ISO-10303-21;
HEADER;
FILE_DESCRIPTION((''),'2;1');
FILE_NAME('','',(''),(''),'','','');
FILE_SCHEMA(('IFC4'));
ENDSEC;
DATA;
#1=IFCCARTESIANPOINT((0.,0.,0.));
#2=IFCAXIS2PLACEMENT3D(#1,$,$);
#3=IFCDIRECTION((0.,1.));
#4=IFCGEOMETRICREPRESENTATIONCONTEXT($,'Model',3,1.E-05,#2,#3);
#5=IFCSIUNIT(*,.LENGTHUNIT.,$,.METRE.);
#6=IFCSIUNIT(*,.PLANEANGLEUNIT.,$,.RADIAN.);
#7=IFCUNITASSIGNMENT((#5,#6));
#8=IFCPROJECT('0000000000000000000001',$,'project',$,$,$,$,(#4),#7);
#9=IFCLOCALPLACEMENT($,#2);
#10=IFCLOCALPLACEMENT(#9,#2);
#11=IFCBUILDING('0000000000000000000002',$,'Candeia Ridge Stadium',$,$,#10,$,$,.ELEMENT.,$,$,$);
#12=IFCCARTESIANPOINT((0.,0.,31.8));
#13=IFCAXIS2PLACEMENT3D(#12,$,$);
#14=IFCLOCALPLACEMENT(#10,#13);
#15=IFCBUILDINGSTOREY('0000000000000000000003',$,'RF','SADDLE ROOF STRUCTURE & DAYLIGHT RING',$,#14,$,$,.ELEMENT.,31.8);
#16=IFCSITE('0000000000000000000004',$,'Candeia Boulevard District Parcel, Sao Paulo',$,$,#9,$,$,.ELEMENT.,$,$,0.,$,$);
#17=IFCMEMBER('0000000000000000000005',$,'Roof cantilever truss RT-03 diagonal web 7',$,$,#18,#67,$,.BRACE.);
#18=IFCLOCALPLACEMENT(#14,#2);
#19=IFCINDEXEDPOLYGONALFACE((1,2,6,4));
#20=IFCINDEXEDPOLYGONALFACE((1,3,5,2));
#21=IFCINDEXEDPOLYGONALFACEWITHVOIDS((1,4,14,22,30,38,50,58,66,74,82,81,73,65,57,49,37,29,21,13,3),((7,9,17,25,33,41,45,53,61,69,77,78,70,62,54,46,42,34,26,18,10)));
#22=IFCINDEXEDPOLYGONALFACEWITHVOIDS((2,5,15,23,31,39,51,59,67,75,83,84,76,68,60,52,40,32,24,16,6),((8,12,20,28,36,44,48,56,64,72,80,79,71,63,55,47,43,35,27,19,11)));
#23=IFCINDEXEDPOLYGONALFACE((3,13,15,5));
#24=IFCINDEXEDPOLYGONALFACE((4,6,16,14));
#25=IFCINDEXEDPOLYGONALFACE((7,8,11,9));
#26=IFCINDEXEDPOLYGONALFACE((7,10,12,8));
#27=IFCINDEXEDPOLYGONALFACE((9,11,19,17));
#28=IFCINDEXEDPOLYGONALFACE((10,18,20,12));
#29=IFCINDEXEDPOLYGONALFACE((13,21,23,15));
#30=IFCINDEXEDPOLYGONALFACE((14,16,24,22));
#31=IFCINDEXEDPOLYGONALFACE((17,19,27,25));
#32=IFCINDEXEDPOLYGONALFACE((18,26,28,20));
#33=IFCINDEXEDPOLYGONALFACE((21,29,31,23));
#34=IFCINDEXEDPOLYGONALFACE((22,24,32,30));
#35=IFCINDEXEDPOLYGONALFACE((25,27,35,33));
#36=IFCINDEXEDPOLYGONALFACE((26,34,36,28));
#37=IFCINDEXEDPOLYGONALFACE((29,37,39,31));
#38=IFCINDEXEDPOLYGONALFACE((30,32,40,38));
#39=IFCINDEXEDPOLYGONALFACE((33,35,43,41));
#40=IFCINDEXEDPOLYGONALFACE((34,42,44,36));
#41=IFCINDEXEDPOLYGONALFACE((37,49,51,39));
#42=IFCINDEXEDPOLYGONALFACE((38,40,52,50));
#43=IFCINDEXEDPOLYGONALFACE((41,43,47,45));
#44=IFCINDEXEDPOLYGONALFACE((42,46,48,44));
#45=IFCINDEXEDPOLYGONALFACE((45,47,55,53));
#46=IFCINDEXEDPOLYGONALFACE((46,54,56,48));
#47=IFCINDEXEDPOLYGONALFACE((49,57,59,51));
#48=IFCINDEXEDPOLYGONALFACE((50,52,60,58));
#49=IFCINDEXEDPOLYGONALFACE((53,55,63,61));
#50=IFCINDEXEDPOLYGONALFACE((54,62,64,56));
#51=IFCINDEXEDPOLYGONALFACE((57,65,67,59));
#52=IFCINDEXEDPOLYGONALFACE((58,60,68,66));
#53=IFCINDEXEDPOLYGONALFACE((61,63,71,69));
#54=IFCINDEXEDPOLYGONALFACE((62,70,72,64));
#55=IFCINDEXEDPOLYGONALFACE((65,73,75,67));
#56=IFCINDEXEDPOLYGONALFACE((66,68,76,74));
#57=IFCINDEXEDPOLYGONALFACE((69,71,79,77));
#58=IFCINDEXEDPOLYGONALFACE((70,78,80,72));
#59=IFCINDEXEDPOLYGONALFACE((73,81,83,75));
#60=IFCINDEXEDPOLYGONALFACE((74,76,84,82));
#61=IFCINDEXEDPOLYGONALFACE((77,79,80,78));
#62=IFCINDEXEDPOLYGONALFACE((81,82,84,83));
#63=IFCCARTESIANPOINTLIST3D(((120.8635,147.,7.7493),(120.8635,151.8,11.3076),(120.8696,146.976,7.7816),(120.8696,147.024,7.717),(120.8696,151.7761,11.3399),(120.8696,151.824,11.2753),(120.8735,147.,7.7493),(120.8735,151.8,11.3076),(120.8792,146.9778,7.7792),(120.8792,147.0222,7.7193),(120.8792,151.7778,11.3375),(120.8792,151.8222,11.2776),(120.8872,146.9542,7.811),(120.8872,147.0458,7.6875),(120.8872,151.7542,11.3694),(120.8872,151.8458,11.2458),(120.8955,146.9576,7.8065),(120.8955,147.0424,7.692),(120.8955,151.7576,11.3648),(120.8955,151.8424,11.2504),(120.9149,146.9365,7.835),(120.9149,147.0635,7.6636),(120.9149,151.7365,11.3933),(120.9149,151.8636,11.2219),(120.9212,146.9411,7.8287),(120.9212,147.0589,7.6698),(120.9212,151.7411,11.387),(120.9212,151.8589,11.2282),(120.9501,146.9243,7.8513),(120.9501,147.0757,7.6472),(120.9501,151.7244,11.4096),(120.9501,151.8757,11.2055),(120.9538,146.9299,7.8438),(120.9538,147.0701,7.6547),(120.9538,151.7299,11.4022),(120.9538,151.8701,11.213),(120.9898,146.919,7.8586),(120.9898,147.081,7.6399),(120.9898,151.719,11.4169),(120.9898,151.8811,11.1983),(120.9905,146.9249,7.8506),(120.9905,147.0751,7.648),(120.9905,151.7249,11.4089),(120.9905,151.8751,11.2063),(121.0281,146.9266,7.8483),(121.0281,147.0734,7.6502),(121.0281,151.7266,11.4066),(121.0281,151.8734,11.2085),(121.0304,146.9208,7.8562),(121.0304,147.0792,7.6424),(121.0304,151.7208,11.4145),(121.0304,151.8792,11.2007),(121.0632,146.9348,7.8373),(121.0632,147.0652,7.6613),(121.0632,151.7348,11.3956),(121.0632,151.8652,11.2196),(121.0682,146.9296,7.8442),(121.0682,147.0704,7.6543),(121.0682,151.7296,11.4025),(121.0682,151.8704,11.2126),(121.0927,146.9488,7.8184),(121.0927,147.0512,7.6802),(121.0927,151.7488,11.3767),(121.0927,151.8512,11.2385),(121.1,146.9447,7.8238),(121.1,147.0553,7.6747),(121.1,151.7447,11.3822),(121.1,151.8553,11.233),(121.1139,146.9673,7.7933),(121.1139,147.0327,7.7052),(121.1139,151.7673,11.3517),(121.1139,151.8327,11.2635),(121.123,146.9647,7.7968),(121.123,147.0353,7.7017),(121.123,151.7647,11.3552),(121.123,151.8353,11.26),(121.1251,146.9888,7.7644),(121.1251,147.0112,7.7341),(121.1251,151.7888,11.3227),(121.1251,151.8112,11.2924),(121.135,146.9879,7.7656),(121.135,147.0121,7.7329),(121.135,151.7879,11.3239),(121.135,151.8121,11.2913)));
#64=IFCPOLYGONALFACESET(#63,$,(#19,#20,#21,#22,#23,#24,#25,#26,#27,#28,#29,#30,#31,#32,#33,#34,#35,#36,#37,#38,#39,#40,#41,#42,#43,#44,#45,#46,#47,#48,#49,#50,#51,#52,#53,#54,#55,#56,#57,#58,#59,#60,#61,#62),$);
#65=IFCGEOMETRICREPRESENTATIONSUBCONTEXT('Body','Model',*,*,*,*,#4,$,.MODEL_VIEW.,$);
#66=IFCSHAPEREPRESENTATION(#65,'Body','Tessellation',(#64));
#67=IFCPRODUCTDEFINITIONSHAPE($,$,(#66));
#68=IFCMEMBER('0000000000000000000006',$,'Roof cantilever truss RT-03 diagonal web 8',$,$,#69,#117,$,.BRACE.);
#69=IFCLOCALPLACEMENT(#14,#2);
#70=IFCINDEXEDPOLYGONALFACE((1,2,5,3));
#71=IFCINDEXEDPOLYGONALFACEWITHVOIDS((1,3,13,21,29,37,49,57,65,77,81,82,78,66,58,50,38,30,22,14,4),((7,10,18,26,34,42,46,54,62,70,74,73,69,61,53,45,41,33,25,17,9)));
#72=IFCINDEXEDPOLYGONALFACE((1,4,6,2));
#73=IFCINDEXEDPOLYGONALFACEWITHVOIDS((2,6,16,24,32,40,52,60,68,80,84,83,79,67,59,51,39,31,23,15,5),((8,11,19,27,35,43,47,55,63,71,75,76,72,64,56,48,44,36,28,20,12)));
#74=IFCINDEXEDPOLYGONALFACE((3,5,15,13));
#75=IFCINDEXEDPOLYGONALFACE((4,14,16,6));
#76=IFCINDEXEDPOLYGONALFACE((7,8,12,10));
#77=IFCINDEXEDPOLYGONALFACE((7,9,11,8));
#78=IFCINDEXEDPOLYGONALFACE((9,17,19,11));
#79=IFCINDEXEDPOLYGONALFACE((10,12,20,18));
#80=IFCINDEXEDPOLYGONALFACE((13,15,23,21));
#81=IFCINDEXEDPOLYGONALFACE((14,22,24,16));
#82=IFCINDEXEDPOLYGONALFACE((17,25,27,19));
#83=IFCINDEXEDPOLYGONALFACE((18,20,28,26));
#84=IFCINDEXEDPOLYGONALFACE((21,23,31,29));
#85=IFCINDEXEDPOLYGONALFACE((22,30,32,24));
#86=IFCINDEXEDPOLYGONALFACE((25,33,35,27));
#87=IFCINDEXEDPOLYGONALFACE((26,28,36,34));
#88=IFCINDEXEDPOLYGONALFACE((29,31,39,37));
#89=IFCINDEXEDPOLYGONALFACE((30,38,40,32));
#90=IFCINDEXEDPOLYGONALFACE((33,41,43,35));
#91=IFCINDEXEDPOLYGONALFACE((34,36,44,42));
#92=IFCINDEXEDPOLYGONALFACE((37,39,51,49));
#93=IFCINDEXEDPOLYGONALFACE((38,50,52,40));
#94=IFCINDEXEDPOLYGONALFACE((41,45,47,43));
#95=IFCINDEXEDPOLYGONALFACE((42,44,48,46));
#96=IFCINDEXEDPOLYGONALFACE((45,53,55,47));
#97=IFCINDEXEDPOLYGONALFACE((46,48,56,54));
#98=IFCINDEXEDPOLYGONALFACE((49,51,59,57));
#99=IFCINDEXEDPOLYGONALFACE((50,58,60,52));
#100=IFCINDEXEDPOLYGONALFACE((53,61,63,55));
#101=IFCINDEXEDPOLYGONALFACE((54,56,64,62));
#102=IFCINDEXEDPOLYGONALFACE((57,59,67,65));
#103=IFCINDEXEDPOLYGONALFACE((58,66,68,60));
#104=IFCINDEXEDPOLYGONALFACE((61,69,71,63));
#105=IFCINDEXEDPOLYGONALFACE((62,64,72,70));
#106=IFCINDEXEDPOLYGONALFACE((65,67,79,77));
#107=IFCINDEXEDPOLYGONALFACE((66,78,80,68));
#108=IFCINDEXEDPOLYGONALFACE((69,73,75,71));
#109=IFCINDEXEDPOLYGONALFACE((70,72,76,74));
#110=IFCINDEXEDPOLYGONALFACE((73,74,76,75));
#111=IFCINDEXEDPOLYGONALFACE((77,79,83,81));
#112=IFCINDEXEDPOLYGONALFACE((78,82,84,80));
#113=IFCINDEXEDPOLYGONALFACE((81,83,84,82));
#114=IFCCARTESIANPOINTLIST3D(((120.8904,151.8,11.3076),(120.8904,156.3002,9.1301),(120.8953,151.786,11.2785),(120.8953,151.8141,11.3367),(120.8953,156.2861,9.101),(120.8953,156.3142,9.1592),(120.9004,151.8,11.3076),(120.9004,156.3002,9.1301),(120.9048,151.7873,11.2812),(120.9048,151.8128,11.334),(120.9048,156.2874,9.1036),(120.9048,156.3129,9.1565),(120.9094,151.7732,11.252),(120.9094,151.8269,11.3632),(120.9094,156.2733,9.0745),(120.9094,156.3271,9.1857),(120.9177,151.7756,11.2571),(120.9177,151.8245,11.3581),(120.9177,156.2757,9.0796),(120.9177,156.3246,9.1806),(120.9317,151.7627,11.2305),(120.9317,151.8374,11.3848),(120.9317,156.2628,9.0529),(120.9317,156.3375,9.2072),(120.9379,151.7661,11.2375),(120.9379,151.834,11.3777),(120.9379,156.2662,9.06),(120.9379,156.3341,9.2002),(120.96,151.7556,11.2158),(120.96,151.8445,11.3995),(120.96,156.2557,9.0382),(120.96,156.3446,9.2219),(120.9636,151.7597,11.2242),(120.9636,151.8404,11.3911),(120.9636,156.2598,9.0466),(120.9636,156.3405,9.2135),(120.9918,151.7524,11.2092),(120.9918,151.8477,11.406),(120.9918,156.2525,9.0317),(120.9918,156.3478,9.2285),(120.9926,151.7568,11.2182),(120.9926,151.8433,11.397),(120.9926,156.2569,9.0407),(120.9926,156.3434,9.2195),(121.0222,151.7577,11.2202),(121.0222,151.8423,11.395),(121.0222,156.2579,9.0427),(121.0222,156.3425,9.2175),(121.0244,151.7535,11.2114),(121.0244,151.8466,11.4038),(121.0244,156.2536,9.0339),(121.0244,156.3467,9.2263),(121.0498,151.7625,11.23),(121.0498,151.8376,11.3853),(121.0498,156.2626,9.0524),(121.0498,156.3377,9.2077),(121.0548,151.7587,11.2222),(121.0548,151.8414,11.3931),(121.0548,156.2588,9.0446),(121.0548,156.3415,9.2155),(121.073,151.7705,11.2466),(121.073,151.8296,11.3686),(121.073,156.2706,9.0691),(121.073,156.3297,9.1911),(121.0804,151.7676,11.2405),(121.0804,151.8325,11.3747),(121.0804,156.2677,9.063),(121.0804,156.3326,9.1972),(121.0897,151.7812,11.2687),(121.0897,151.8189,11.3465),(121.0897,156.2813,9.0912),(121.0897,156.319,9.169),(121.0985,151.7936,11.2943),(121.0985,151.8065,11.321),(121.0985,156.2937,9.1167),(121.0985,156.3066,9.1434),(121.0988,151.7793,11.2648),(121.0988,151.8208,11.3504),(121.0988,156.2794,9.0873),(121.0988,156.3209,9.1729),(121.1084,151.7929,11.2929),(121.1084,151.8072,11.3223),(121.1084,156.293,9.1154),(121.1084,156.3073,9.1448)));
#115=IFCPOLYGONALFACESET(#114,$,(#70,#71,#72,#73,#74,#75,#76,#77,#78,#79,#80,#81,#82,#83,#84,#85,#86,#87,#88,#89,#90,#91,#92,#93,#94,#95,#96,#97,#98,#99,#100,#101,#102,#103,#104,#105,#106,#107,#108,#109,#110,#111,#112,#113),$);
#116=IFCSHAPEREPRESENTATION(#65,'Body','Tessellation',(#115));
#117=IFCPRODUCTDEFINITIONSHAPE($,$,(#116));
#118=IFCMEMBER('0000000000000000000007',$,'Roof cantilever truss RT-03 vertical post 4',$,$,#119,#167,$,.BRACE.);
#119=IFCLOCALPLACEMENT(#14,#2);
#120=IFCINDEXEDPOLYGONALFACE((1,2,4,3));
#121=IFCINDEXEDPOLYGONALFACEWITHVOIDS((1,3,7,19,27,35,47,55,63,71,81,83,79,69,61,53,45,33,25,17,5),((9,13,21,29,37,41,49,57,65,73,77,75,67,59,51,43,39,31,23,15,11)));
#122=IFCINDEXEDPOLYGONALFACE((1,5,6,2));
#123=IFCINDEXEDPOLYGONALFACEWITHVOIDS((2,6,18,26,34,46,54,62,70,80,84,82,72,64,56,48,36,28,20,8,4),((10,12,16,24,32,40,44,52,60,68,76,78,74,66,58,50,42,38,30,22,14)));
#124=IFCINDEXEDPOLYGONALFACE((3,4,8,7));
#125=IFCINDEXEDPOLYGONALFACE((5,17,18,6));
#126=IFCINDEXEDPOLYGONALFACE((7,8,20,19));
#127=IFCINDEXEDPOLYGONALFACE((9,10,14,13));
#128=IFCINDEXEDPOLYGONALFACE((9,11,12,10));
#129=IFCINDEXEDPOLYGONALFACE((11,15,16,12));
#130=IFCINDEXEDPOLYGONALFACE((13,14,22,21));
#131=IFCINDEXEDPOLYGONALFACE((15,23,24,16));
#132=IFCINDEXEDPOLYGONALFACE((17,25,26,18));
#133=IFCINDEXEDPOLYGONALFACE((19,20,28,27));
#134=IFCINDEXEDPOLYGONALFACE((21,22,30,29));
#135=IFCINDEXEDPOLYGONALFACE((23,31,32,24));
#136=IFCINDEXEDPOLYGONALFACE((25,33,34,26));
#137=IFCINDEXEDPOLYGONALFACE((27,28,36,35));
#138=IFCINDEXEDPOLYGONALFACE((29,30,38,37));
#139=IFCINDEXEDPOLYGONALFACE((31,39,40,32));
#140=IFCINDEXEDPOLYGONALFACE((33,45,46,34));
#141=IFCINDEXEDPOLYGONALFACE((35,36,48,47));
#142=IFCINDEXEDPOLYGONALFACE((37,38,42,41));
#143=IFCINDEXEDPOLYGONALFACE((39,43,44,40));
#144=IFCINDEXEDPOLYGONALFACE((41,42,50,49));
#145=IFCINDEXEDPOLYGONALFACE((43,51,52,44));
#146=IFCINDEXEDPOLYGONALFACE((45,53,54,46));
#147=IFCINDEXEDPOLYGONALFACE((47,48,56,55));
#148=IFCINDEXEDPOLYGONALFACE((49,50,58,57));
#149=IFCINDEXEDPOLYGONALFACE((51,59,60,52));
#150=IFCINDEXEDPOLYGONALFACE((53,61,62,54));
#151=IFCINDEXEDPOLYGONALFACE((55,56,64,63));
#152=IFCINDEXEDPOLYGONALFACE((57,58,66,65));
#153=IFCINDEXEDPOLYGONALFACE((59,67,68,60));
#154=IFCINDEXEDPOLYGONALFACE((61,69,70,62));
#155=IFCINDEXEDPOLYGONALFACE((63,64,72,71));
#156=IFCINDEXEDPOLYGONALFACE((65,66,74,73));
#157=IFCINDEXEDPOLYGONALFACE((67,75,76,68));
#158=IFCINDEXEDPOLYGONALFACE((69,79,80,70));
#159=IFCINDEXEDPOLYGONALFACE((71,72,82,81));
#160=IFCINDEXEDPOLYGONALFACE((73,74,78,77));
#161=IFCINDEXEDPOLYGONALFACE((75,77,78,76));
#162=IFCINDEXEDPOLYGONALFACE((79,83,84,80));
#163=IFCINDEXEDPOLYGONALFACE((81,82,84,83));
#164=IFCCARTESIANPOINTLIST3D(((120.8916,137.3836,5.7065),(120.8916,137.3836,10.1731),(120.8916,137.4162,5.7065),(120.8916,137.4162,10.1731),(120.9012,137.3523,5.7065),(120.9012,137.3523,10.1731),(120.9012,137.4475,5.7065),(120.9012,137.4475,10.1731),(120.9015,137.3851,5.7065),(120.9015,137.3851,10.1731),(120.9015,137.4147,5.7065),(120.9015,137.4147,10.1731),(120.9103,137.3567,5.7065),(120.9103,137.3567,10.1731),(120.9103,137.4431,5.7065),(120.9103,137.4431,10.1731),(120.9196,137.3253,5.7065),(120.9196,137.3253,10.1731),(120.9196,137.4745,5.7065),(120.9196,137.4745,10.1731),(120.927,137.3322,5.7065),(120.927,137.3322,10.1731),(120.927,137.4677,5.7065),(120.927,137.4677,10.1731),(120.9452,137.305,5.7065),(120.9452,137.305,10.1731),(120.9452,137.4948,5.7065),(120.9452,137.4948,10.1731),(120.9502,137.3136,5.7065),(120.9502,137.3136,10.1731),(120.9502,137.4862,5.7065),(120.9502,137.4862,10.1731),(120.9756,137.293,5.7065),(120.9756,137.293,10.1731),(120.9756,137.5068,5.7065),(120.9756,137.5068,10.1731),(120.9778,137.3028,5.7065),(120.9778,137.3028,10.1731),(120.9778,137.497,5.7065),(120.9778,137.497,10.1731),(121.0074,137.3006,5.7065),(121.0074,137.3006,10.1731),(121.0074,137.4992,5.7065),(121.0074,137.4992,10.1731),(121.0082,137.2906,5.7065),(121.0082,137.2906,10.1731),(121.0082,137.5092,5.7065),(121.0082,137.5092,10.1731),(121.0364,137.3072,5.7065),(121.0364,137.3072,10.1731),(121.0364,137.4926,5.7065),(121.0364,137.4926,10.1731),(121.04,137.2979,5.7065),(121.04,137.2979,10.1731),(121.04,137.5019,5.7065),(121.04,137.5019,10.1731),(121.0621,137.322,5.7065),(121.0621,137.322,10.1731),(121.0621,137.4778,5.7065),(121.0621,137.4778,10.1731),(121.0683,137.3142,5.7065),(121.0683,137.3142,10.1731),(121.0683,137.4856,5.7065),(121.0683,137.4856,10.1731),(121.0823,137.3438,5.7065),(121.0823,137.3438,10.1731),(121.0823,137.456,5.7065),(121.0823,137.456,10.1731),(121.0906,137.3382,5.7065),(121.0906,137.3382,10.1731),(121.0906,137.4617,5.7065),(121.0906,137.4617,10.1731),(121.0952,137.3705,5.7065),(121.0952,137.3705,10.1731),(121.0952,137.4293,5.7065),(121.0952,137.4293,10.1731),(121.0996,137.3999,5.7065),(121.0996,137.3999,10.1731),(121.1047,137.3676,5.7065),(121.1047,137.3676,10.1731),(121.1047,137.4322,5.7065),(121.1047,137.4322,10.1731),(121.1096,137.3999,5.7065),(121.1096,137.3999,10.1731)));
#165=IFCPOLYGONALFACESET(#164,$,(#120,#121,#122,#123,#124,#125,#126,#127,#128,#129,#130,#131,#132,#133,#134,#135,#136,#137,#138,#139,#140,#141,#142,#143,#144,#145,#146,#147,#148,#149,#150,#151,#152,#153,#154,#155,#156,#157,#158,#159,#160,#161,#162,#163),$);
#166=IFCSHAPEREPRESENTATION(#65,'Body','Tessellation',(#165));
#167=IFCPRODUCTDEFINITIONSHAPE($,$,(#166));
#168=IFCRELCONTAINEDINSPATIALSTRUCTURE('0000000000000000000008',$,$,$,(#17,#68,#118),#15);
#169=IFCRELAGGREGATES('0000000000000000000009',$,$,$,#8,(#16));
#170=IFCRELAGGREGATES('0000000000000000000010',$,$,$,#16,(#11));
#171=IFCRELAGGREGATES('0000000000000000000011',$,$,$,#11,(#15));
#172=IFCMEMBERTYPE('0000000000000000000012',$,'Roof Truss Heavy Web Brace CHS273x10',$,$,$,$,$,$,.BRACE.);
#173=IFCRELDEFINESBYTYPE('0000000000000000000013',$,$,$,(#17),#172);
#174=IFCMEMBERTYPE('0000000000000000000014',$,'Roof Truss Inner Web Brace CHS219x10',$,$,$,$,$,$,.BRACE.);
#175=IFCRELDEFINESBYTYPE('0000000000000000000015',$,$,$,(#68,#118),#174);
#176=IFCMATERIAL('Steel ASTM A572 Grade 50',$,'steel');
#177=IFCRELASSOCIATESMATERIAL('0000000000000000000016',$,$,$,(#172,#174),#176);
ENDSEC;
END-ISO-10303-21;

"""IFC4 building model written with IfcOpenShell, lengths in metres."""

from ifc_helpers import new_model, si_unit, direction, frame, origin, origin_2d, place, context, subcontext, project, spatial, hollow_circle, extrude, material, material_profile, profile_set, type_object, element, save


model = new_model("IFC4")

# Units and contexts
model_context = context("Model", 3, precision=1e-05, world=origin(), true_north=direction((0.0, 1.0)))
body_context = subcontext(model_context, "Body", "Model", "MODEL_VIEW")
ifc_project = project(units=[si_unit("LENGTHUNIT", "METRE"), si_unit("PLANEANGLEUNIT", "RADIAN")], contexts=[model_context])

# Site, building, storey
site_placement = place(None, origin())
site = spatial("IfcSite", under=ifc_project, at=site_placement, Name="Candeia Boulevard District Parcel, Sao Paulo", CompositionType="ELEMENT", RefElevation=0.0)
building_placement = place(site_placement, origin())
building = spatial("IfcBuilding", under=site, at=building_placement, Name="Candeia Ridge Stadium", CompositionType="ELEMENT")
storey_placement = place(building_placement, frame((0.0, 0.0, 31.8)))
storey = spatial("IfcBuildingStorey", under=building, at=storey_placement, Name="RF", Description="SADDLE ROOF STRUCTURE & DAYLIGHT RING", CompositionType="ELEMENT", Elevation=31.8)

# Shared definitions
ifc_material_1 = material(Name="Steel ASTM A572 Grade 50", Category="steel")

# Members
ifc_material_profile_1 = material_profile(ifc_material_1, hollow_circle(Radius=0.1365, WallThickness=0.01, at=origin_2d()), Name="CHS273x10", Category="steel")
ifc_profile_set_1 = profile_set([ifc_material_profile_1], Name="Steel ASTM A572 Grade 50")
member_type_1 = type_object("IfcMemberType", Name="Roof Truss Heavy Web Brace CHS273x10", PredefinedType="BRACE", material=ifc_profile_set_1)
member_1_placement = place(storey_placement, frame((121.0, 147.0, 7.7493), z_axis=(0.0, 0.803336, 0.595526), x_axis=(-1.0, 0.0, 0.0)))
element("IfcMember", 1, at=member_1_placement, inside=storey, type_object=member_type_1, Name="Roof cantilever truss RT-03 diagonal web 7", PredefinedType="BRACE", context=body_context, shape_type="SweptSolid", body=[
    extrude(hollow_circle(Radius=0.1365, WallThickness=0.01, at=origin_2d()), origin(), (0.0, 0.0, 1.0), 5.9751),
])
ifc_material_profile_2 = material_profile(ifc_material_1, hollow_circle(Radius=0.1096, WallThickness=0.01, at=origin_2d()), Name="CHS219x10", Category="steel")
ifc_profile_set_2 = profile_set([ifc_material_profile_2], Name="Steel ASTM A572 Grade 50")
member_type_2 = type_object("IfcMemberType", Name="Roof Truss Inner Web Brace CHS219x10", PredefinedType="BRACE", material=ifc_profile_set_2)
member_2_placement = place(storey_placement, frame((121.0, 151.8, 11.3076), z_axis=(0.0, 0.900154, -0.435572), x_axis=(-1.0, 0.0, 0.0)))
element("IfcMember", 2, at=member_2_placement, inside=storey, type_object=member_type_2, Name="Roof cantilever truss RT-03 diagonal web 8", PredefinedType="BRACE", context=body_context, shape_type="SweptSolid", body=[
    extrude(hollow_circle(Radius=0.1096, WallThickness=0.01, at=origin_2d()), origin(), (0.0, 0.0, 1.0), 4.9993),
])
member_3_placement = place(storey_placement, frame((121.0, 137.3999, 5.7065), z_axis=(0.0, 0.0, 1.0), x_axis=(1.0, 0.0, 0.0)))
element("IfcMember", 3, at=member_3_placement, inside=storey, type_object=member_type_2, Name="Roof cantilever truss RT-03 vertical post 4", PredefinedType="BRACE", context=body_context, shape_type="SweptSolid", body=[
    extrude(hollow_circle(Radius=0.1096, WallThickness=0.01, at=origin_2d()), origin(), (0.0, 0.0, 1.0), 4.4666),
])

save(model, "model.ifc")
